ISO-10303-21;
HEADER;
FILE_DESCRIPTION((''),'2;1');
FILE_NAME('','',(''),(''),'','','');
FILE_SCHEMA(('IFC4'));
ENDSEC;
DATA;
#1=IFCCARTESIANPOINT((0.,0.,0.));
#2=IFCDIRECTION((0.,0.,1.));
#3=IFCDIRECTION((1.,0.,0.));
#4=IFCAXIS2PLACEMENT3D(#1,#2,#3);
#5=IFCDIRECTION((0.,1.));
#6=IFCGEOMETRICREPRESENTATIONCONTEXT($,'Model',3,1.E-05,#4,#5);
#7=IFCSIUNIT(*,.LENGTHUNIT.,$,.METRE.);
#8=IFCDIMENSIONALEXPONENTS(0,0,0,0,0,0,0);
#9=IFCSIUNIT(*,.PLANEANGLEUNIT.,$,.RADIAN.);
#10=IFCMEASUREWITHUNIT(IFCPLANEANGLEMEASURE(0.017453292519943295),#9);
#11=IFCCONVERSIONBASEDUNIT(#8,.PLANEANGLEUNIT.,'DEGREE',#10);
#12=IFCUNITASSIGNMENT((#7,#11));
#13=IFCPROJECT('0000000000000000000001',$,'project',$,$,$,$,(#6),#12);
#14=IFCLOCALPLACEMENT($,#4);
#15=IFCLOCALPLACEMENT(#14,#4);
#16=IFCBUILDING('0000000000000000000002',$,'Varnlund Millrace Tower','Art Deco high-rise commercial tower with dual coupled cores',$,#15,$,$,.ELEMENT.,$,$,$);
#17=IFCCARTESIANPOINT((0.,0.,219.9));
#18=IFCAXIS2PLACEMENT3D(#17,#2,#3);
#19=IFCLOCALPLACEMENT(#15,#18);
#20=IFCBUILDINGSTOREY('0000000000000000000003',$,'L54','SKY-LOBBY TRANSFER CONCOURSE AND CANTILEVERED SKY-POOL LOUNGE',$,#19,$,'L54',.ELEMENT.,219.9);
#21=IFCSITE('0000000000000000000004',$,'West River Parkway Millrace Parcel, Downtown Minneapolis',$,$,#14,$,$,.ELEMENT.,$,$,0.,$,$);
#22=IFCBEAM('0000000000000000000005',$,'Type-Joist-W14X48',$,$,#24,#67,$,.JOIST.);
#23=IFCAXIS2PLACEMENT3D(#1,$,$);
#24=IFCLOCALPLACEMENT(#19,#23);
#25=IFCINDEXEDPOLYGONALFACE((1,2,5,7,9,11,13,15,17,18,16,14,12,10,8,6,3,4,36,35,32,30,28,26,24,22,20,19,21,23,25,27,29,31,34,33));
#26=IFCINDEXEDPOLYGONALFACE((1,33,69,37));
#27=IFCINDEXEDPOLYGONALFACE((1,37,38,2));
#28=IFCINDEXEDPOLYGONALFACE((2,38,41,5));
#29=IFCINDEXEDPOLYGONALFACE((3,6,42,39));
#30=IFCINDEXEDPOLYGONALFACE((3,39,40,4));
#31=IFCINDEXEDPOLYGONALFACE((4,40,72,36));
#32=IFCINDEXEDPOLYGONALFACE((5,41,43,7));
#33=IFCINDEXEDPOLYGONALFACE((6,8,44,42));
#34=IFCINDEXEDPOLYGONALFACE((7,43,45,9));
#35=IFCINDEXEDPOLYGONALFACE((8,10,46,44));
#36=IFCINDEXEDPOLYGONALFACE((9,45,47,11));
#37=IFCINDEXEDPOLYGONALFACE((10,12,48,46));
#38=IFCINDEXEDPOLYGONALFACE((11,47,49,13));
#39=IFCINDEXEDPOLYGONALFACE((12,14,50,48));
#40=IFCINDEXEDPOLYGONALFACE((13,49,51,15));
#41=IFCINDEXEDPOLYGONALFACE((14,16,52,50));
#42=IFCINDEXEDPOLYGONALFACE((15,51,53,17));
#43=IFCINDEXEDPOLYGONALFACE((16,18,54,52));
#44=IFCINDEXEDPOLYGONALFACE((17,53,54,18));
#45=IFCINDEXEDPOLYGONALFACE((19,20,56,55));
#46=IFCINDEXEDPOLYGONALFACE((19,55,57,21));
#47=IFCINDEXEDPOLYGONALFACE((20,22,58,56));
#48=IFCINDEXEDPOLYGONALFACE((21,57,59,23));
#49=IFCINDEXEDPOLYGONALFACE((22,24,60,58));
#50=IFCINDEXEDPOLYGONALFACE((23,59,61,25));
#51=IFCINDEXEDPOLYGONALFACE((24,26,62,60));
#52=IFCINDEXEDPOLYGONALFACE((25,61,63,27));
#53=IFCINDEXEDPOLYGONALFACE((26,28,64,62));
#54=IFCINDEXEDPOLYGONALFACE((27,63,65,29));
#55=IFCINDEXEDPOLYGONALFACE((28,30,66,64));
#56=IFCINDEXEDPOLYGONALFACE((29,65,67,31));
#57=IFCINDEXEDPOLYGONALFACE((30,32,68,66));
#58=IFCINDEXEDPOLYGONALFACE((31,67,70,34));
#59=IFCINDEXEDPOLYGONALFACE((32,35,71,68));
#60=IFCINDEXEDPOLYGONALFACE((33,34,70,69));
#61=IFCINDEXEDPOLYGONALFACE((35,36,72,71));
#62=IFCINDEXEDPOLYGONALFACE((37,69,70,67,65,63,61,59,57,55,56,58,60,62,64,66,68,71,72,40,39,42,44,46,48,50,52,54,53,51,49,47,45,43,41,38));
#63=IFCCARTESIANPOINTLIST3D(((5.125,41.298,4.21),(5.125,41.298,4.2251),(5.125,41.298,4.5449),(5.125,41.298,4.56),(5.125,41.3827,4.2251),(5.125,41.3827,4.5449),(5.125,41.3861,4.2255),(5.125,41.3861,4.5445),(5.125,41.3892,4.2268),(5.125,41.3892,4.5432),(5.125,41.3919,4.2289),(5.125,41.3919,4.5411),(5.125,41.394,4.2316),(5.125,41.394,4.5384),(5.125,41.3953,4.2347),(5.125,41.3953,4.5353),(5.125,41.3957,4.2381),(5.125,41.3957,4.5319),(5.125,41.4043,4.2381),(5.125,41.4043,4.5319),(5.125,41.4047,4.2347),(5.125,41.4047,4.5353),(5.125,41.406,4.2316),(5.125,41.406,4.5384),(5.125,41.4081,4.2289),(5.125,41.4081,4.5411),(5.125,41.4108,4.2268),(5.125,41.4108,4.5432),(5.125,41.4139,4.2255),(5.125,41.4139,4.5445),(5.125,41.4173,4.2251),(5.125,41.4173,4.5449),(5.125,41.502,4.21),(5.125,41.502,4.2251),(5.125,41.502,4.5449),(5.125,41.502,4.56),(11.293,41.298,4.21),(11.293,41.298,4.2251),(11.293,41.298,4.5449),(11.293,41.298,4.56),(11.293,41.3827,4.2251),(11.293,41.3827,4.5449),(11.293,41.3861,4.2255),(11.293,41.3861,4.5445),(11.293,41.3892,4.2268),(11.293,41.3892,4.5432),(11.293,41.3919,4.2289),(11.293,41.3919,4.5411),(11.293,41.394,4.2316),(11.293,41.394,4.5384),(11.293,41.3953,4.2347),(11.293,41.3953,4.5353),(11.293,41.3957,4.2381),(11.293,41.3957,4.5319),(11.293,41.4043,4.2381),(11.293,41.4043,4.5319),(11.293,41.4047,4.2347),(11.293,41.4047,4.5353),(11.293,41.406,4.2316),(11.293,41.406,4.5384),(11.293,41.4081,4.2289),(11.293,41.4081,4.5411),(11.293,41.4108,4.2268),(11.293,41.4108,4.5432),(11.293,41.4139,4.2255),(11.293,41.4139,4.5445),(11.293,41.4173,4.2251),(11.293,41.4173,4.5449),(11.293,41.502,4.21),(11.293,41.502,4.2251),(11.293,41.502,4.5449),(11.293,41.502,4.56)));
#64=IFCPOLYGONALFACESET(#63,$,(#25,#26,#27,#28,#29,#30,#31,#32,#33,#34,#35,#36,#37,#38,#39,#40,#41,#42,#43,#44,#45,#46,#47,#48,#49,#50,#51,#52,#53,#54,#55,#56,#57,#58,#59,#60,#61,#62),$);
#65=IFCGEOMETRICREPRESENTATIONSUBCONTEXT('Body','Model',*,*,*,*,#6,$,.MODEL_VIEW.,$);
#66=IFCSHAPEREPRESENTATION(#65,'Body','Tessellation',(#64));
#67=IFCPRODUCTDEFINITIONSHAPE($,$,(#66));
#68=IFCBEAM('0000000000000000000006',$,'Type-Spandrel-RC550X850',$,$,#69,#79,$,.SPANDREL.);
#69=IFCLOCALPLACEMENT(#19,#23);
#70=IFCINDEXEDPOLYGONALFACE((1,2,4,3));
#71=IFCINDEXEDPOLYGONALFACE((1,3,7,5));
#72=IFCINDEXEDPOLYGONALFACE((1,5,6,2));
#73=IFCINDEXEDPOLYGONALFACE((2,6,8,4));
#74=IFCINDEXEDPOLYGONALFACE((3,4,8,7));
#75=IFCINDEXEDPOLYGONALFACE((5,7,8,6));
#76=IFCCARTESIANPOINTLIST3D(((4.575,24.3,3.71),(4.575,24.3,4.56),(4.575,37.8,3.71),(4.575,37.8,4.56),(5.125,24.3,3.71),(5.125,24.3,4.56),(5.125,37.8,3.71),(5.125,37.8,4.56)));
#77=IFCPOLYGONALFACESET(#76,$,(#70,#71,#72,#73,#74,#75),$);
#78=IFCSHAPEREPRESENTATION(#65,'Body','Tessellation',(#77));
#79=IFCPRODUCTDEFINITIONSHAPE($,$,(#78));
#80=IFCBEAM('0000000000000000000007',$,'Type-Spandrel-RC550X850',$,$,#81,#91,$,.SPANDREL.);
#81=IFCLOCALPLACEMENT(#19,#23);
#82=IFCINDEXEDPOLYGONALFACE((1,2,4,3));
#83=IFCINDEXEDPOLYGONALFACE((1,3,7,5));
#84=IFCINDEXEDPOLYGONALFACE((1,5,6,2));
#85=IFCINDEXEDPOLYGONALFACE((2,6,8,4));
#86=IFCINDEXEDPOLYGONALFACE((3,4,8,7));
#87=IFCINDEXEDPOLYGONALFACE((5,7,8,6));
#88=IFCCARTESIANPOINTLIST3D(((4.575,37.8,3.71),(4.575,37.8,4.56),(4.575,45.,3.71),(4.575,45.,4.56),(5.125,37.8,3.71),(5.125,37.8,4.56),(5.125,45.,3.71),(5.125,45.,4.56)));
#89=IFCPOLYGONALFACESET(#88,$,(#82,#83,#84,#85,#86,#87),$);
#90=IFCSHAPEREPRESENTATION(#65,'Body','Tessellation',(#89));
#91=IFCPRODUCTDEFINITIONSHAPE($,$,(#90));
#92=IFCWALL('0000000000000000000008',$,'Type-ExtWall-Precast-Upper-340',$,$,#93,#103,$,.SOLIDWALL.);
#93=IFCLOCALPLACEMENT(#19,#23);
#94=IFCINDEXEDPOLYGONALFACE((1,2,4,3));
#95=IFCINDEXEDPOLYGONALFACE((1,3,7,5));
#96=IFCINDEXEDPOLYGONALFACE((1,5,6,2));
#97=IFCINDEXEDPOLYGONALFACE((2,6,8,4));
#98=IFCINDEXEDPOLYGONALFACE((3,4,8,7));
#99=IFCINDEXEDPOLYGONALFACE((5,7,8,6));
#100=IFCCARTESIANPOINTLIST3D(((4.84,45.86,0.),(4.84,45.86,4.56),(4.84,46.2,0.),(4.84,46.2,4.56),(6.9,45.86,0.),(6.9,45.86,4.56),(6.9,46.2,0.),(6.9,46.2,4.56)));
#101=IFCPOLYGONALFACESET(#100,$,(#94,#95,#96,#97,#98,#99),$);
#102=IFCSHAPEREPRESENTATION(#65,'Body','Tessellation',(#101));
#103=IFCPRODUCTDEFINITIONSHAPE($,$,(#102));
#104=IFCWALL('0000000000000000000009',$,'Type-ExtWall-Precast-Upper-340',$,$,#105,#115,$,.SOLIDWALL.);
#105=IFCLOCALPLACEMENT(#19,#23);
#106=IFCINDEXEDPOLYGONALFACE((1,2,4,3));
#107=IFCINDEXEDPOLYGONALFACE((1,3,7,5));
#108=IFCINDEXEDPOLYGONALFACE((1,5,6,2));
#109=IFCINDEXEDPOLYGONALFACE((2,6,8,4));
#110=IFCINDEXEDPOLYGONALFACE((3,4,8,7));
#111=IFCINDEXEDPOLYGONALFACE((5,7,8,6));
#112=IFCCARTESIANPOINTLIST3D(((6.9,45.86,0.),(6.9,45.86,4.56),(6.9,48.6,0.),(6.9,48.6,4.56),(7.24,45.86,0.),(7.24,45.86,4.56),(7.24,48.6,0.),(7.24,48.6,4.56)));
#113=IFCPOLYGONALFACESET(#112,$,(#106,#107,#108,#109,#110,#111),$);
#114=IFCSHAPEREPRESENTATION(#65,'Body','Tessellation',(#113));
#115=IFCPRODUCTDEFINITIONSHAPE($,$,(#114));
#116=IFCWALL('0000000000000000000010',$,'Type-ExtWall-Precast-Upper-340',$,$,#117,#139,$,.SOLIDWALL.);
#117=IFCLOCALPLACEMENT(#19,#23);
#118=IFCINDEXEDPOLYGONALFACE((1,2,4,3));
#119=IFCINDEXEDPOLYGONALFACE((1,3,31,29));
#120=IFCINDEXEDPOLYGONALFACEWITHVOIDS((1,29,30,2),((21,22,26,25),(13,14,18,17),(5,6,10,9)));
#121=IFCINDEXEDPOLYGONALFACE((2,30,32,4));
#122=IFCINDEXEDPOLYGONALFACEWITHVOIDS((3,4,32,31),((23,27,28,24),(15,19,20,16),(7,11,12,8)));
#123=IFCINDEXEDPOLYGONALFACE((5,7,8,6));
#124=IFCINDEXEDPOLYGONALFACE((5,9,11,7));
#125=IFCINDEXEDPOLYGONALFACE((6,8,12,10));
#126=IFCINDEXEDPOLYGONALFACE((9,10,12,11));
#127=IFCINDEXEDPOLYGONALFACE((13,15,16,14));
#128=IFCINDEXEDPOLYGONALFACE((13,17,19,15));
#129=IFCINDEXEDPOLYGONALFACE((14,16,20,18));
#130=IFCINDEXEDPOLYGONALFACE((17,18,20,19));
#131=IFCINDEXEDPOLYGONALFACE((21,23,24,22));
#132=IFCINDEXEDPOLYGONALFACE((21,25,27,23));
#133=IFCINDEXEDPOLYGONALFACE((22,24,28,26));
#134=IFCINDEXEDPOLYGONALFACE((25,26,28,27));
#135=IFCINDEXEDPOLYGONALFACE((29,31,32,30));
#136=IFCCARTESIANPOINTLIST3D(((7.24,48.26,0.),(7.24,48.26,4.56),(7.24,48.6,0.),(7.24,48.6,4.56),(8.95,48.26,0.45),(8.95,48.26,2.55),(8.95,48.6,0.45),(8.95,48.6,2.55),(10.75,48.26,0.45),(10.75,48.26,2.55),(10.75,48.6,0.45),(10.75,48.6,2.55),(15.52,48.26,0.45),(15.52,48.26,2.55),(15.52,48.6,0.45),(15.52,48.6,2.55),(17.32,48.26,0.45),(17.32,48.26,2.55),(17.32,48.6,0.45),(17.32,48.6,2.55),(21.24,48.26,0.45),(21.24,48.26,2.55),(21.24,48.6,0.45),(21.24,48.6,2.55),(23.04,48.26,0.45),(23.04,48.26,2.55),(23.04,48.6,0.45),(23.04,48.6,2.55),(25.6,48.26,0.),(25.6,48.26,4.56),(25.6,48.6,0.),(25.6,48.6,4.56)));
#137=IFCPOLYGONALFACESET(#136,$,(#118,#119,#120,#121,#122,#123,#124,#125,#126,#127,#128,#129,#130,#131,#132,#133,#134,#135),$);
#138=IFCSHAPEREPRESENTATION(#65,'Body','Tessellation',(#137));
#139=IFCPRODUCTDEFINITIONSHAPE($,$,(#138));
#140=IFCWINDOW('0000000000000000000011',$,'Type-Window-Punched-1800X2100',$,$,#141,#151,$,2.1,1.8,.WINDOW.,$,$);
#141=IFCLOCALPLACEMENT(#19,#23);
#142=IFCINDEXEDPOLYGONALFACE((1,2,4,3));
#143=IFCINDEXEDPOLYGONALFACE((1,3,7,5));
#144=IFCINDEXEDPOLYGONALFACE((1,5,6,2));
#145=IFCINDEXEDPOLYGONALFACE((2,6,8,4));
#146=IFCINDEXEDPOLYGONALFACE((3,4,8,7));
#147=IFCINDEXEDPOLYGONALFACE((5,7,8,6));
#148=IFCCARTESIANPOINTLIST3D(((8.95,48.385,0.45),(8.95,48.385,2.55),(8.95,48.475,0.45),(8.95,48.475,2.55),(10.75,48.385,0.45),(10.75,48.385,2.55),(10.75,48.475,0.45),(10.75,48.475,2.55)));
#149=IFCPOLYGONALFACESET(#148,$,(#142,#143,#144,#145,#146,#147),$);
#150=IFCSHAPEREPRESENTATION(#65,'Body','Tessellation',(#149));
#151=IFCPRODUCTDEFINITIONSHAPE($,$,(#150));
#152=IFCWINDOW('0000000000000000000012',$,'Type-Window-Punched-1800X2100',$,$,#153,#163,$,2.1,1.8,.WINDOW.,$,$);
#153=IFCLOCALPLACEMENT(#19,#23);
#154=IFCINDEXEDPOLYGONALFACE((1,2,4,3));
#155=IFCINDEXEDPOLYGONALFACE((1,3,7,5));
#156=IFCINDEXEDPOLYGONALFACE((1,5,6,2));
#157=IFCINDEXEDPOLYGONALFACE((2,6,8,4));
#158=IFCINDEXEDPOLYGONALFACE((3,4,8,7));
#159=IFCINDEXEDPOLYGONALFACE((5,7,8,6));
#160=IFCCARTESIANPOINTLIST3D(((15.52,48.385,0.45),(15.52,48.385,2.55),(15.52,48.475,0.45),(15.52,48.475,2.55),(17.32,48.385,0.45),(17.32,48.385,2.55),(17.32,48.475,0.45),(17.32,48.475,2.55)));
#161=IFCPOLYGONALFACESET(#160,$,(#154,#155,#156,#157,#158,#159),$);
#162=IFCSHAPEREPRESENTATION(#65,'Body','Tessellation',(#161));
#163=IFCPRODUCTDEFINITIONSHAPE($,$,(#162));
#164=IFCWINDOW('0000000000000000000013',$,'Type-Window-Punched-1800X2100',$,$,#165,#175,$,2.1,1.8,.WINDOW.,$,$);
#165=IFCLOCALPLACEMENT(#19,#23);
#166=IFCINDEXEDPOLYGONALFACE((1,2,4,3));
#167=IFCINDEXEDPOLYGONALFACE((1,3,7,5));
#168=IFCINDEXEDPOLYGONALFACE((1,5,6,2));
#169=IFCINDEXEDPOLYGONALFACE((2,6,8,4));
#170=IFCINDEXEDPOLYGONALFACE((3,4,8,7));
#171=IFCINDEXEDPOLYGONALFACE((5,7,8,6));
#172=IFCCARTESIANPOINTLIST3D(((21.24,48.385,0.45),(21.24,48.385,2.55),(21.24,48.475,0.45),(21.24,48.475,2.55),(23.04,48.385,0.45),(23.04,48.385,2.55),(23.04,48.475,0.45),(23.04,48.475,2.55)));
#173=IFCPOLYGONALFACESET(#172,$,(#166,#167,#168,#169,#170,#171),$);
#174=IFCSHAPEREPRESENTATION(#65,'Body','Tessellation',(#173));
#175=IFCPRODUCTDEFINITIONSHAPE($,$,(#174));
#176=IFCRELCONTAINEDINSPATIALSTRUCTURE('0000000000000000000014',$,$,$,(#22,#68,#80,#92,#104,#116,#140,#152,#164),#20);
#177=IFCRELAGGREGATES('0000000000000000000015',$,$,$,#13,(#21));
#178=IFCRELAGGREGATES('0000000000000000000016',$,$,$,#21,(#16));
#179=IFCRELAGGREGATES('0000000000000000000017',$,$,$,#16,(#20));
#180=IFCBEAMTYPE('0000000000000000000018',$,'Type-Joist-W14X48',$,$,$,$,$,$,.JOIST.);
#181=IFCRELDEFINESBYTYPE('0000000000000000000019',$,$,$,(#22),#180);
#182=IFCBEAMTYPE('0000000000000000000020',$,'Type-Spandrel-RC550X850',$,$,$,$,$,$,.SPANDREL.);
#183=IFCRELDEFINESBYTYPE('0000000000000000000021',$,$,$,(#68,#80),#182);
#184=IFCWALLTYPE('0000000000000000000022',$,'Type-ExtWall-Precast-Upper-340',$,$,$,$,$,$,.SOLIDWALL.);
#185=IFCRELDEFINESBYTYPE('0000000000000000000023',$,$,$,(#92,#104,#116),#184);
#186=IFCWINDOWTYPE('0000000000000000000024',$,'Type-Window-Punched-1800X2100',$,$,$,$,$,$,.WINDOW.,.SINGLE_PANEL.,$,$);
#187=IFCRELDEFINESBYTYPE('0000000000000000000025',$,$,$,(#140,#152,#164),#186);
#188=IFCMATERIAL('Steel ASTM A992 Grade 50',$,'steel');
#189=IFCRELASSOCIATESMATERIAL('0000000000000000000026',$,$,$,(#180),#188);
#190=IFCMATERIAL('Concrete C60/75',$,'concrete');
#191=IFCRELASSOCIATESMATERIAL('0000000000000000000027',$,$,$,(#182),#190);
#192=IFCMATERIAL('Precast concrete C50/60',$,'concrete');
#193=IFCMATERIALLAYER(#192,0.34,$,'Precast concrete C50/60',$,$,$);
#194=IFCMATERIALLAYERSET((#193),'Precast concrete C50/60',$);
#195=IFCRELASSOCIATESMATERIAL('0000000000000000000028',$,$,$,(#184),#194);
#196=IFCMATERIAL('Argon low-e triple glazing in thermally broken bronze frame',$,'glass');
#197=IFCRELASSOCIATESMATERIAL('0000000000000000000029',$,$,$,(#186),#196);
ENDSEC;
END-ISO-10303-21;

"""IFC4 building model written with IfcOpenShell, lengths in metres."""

from ifc_helpers import new_model, entity, si_unit, converted_unit, direction, frame, origin_with_axes, origin_2d_with_axis, place, context, subcontext, project, spatial, polyline, rectangle, i_section, outline, extrude, material, layer, layer_set, material_profile, profile_set, type_object, element, fill, save


model = new_model("IFC4")

# Units and contexts
model_context = context("Model", 3, precision=1e-05, world=origin_with_axes(), true_north=direction((0.0, 1.0)))
body_context = subcontext(model_context, "Body", "Model", "MODEL_VIEW")
ifc_project = project(units=[si_unit("LENGTHUNIT", "METRE"), converted_unit("PLANEANGLEUNIT", "DEGREE", entity("IfcPlaneAngleMeasure", 0.017453292519943295), si_unit("PLANEANGLEUNIT", "RADIAN"), dimensions=[0, 0, 0, 0, 0, 0, 0])], contexts=[model_context])

# Site, building, storey
site_placement = place(None, origin_with_axes())
site = spatial("IfcSite", under=ifc_project, at=site_placement, Name="West River Parkway Millrace Parcel, Downtown Minneapolis", CompositionType="ELEMENT", RefElevation=0.0)
building_placement = place(site_placement, origin_with_axes())
building = spatial("IfcBuilding", under=site, at=building_placement, Name="Varnlund Millrace Tower", Description="Art Deco high-rise commercial tower with dual coupled cores", CompositionType="ELEMENT")
storey_placement = place(building_placement, frame((0.0, 0.0, 219.9), z_axis=(0.0, 0.0, 1.0), x_axis=(1.0, 0.0, 0.0)))
storey = spatial("IfcBuildingStorey", under=building, at=storey_placement, Name="L54", Description="SKY-LOBBY TRANSFER CONCOURSE AND CANTILEVERED SKY-POOL LOUNGE", LongName="L54", CompositionType="ELEMENT", Elevation=219.9)

# Beams
ifc_material_1 = material(Name="Steel ASTM A992 Grade 50", Category="steel")
ifc_material_profile_1 = material_profile(ifc_material_1, i_section(OverallWidth=0.204, OverallDepth=0.35, WebThickness=0.0086, FlangeThickness=0.0151, FilletRadius=0.013, at=origin_2d_with_axis()), Name="Steel ASTM A992 Grade 50")
ifc_profile_set_1 = profile_set([ifc_material_profile_1], Name="Steel ASTM A992 Grade 50")
beam_type_1 = type_object("IfcBeamType", Name="Type-Joist-W14X48", PredefinedType="JOIST", material=ifc_profile_set_1)
for number, where, z_axis, x_axis, name in (
    (1, (5.125, 41.4, 4.385), (1.0, 0.0, 0.0), (0.0, 1.0, 0.0), "Type-Joist-W14X48"),
):
    element("IfcBeam", number, at=place(storey_placement, frame(where, z_axis=z_axis, x_axis=x_axis)), inside=storey, type_object=beam_type_1, Name=name, PredefinedType="JOIST", context=body_context, shape_type="SweptSolid", body=[
        extrude(i_section(OverallWidth=0.204, OverallDepth=0.35, WebThickness=0.0086, FlangeThickness=0.0151, FilletRadius=0.013, at=origin_2d_with_axis()), origin_with_axes(), (0.0, 0.0, 1.0), 6.168),
    ])
ifc_material_2 = material(Name="Concrete C60/75", Category="concrete")
ifc_material_profile_2 = material_profile(ifc_material_2, rectangle(XDim=0.55, YDim=0.85, at=origin_2d_with_axis()), Name="Concrete C60/75")
ifc_profile_set_2 = profile_set([ifc_material_profile_2], Name="Concrete C60/75")
beam_type_2 = type_object("IfcBeamType", Name="Type-Spandrel-RC550X850", PredefinedType="SPANDREL", material=ifc_profile_set_2)
beam_1_placement = place(storey_placement, frame((4.85, 24.3, 4.135), z_axis=(0.0, 1.0, 0.0), x_axis=(-1.0, 0.0, 0.0)))
element("IfcBeam", 2, at=beam_1_placement, inside=storey, type_object=beam_type_2, Name="Type-Spandrel-RC550X850", PredefinedType="SPANDREL", context=body_context, shape_type="SweptSolid", body=[
    extrude(rectangle(XDim=0.55, YDim=0.85, at=origin_2d_with_axis()), origin_with_axes(), (0.0, 0.0, 1.0), 13.5),
])
beam_2_placement = place(storey_placement, frame((4.85, 37.8, 4.135), z_axis=(0.0, 1.0, 0.0), x_axis=(-1.0, 0.0, 0.0)))
element("IfcBeam", 3, at=beam_2_placement, inside=storey, type_object=beam_type_2, Name="Type-Spandrel-RC550X850", PredefinedType="SPANDREL", context=body_context, shape_type="SweptSolid", body=[
    extrude(rectangle(XDim=0.55, YDim=0.85, at=origin_2d_with_axis()), origin_with_axes(), (0.0, 0.0, 1.0), 7.2),
])

# Walls
ifc_material_3 = material(Name="Precast concrete C50/60", Category="concrete")
ifc_layer_1 = layer(ifc_material_3, 0.34, Name="Precast concrete C50/60")
ifc_layer_set_1 = layer_set([ifc_layer_1], Name="Precast concrete C50/60")
wall_type_1 = type_object("IfcWallType", Name="Type-ExtWall-Precast-Upper-340", PredefinedType="SOLIDWALL", material=ifc_layer_set_1)
wall_1_placement = place(storey_placement, frame((4.84, 46.03, 0.0), z_axis=(0.0, 0.0, 1.0), x_axis=(1.0, 0.0, 0.0)))
element("IfcWall", 4, at=wall_1_placement, inside=storey, type_object=wall_type_1, Name="Type-ExtWall-Precast-Upper-340", PredefinedType="SOLIDWALL", context=body_context, shape_type="SweptSolid", body=[
    extrude(outline(polyline([(0.0, -0.17), (2.06, -0.17), (2.06, 0.17), (0.0, 0.17), (0.0, -0.17)])), origin_with_axes(), (0.0, 0.0, 1.0), 4.56),
])
wall_2_placement = place(storey_placement, frame((7.07, 45.86, 0.0), z_axis=(0.0, 0.0, 1.0), x_axis=(0.0, 1.0, 0.0)))
element("IfcWall", 5, at=wall_2_placement, inside=storey, type_object=wall_type_1, Name="Type-ExtWall-Precast-Upper-340", PredefinedType="SOLIDWALL", context=body_context, shape_type="SweptSolid", body=[
    extrude(outline(polyline([(0.0, -0.17), (2.74, -0.17), (2.74, 0.17), (0.0, 0.17), (0.0, -0.17)])), origin_with_axes(), (0.0, 0.0, 1.0), 4.56),
])

# Wall, openings, windows
wall_3_placement = place(storey_placement, frame((7.24, 48.43, 0.0), z_axis=(0.0, 0.0, 1.0), x_axis=(1.0, 0.0, 0.0)))
wall_3 = element("IfcWall", 6, at=wall_3_placement, inside=storey, type_object=wall_type_1, Name="Type-ExtWall-Precast-Upper-340", PredefinedType="SOLIDWALL", context=body_context, shape_type="SweptSolid", body=[
    extrude(outline(polyline([(0.0, -0.17), (18.36, -0.17), (18.36, 0.17), (0.0, 0.17), (0.0, -0.17)])), origin_with_axes(), (0.0, 0.0, 1.0), 4.56),
])
opening_1_placement = place(wall_3_placement, frame((2.61, 0.0, 0.45), z_axis=(0.0, 0.0, 1.0), x_axis=(1.0, 0.0, 0.0)))
opening_1 = element("IfcOpeningElement", 7, at=opening_1_placement, cuts=wall_3, PredefinedType="OPENING", context=body_context, shape_type="SweptSolid", body=[
    extrude(rectangle(XDim=1.8, YDim=0.36, at=origin_2d_with_axis()), origin_with_axes(), (0.0, 0.0, 1.0), 2.1),
])
opening_2_placement = place(wall_3_placement, frame((9.18, 0.0, 0.45), z_axis=(0.0, 0.0, 1.0), x_axis=(1.0, 0.0, 0.0)))
opening_2 = element("IfcOpeningElement", 8, at=opening_2_placement, cuts=wall_3, PredefinedType="OPENING", context=body_context, shape_type="SweptSolid", body=[
    extrude(rectangle(XDim=1.8, YDim=0.36, at=origin_2d_with_axis()), origin_with_axes(), (0.0, 0.0, 1.0), 2.1),
])
opening_3_placement = place(wall_3_placement, frame((14.9, 0.0, 0.45), z_axis=(0.0, 0.0, 1.0), x_axis=(1.0, 0.0, 0.0)))
opening_3 = element("IfcOpeningElement", 9, at=opening_3_placement, cuts=wall_3, PredefinedType="OPENING", context=body_context, shape_type="SweptSolid", body=[
    extrude(rectangle(XDim=1.8, YDim=0.36, at=origin_2d_with_axis()), origin_with_axes(), (0.0, 0.0, 1.0), 2.1),
])
ifc_material_4 = material(Name="Argon low-e triple glazing in thermally broken bronze frame", Category="glass")
window_type = type_object("IfcWindowType", Name="Type-Window-Punched-1800X2100", PartitioningType="SINGLE_PANEL", PredefinedType="WINDOW", material=ifc_material_4)
window_1_placement = place(wall_3_placement, frame((2.61, 0.0, 0.45), z_axis=(0.0, 0.0, 1.0), x_axis=(1.0, 0.0, 0.0)))
window_1 = element("IfcWindow", 10, at=window_1_placement, inside=storey, type_object=window_type, Name="Type-Window-Punched-1800X2100", OverallHeight=2.1, OverallWidth=1.8, PredefinedType="WINDOW", context=body_context, shape_type="SweptSolid", body=[
    extrude(rectangle(XDim=1.8, YDim=0.09, at=origin_2d_with_axis()), origin_with_axes(), (0.0, 0.0, 1.0), 2.1),
])
fill(opening_1, window_1)
window_2_placement = place(wall_3_placement, frame((9.18, 0.0, 0.45), z_axis=(0.0, 0.0, 1.0), x_axis=(1.0, 0.0, 0.0)))
window_2 = element("IfcWindow", 11, at=window_2_placement, inside=storey, type_object=window_type, Name="Type-Window-Punched-1800X2100", OverallHeight=2.1, OverallWidth=1.8, PredefinedType="WINDOW", context=body_context, shape_type="SweptSolid", body=[
    extrude(rectangle(XDim=1.8, YDim=0.09, at=origin_2d_with_axis()), origin_with_axes(), (0.0, 0.0, 1.0), 2.1),
])
fill(opening_2, window_2)
window_3_placement = place(wall_3_placement, frame((14.9, 0.0, 0.45), z_axis=(0.0, 0.0, 1.0), x_axis=(1.0, 0.0, 0.0)))
window_3 = element("IfcWindow", 12, at=window_3_placement, inside=storey, type_object=window_type, Name="Type-Window-Punched-1800X2100", OverallHeight=2.1, OverallWidth=1.8, PredefinedType="WINDOW", context=body_context, shape_type="SweptSolid", body=[
    extrude(rectangle(XDim=1.8, YDim=0.09, at=origin_2d_with_axis()), origin_with_axes(), (0.0, 0.0, 1.0), 2.1),
])
fill(opening_3, window_3)

save(model, "model.ifc")
